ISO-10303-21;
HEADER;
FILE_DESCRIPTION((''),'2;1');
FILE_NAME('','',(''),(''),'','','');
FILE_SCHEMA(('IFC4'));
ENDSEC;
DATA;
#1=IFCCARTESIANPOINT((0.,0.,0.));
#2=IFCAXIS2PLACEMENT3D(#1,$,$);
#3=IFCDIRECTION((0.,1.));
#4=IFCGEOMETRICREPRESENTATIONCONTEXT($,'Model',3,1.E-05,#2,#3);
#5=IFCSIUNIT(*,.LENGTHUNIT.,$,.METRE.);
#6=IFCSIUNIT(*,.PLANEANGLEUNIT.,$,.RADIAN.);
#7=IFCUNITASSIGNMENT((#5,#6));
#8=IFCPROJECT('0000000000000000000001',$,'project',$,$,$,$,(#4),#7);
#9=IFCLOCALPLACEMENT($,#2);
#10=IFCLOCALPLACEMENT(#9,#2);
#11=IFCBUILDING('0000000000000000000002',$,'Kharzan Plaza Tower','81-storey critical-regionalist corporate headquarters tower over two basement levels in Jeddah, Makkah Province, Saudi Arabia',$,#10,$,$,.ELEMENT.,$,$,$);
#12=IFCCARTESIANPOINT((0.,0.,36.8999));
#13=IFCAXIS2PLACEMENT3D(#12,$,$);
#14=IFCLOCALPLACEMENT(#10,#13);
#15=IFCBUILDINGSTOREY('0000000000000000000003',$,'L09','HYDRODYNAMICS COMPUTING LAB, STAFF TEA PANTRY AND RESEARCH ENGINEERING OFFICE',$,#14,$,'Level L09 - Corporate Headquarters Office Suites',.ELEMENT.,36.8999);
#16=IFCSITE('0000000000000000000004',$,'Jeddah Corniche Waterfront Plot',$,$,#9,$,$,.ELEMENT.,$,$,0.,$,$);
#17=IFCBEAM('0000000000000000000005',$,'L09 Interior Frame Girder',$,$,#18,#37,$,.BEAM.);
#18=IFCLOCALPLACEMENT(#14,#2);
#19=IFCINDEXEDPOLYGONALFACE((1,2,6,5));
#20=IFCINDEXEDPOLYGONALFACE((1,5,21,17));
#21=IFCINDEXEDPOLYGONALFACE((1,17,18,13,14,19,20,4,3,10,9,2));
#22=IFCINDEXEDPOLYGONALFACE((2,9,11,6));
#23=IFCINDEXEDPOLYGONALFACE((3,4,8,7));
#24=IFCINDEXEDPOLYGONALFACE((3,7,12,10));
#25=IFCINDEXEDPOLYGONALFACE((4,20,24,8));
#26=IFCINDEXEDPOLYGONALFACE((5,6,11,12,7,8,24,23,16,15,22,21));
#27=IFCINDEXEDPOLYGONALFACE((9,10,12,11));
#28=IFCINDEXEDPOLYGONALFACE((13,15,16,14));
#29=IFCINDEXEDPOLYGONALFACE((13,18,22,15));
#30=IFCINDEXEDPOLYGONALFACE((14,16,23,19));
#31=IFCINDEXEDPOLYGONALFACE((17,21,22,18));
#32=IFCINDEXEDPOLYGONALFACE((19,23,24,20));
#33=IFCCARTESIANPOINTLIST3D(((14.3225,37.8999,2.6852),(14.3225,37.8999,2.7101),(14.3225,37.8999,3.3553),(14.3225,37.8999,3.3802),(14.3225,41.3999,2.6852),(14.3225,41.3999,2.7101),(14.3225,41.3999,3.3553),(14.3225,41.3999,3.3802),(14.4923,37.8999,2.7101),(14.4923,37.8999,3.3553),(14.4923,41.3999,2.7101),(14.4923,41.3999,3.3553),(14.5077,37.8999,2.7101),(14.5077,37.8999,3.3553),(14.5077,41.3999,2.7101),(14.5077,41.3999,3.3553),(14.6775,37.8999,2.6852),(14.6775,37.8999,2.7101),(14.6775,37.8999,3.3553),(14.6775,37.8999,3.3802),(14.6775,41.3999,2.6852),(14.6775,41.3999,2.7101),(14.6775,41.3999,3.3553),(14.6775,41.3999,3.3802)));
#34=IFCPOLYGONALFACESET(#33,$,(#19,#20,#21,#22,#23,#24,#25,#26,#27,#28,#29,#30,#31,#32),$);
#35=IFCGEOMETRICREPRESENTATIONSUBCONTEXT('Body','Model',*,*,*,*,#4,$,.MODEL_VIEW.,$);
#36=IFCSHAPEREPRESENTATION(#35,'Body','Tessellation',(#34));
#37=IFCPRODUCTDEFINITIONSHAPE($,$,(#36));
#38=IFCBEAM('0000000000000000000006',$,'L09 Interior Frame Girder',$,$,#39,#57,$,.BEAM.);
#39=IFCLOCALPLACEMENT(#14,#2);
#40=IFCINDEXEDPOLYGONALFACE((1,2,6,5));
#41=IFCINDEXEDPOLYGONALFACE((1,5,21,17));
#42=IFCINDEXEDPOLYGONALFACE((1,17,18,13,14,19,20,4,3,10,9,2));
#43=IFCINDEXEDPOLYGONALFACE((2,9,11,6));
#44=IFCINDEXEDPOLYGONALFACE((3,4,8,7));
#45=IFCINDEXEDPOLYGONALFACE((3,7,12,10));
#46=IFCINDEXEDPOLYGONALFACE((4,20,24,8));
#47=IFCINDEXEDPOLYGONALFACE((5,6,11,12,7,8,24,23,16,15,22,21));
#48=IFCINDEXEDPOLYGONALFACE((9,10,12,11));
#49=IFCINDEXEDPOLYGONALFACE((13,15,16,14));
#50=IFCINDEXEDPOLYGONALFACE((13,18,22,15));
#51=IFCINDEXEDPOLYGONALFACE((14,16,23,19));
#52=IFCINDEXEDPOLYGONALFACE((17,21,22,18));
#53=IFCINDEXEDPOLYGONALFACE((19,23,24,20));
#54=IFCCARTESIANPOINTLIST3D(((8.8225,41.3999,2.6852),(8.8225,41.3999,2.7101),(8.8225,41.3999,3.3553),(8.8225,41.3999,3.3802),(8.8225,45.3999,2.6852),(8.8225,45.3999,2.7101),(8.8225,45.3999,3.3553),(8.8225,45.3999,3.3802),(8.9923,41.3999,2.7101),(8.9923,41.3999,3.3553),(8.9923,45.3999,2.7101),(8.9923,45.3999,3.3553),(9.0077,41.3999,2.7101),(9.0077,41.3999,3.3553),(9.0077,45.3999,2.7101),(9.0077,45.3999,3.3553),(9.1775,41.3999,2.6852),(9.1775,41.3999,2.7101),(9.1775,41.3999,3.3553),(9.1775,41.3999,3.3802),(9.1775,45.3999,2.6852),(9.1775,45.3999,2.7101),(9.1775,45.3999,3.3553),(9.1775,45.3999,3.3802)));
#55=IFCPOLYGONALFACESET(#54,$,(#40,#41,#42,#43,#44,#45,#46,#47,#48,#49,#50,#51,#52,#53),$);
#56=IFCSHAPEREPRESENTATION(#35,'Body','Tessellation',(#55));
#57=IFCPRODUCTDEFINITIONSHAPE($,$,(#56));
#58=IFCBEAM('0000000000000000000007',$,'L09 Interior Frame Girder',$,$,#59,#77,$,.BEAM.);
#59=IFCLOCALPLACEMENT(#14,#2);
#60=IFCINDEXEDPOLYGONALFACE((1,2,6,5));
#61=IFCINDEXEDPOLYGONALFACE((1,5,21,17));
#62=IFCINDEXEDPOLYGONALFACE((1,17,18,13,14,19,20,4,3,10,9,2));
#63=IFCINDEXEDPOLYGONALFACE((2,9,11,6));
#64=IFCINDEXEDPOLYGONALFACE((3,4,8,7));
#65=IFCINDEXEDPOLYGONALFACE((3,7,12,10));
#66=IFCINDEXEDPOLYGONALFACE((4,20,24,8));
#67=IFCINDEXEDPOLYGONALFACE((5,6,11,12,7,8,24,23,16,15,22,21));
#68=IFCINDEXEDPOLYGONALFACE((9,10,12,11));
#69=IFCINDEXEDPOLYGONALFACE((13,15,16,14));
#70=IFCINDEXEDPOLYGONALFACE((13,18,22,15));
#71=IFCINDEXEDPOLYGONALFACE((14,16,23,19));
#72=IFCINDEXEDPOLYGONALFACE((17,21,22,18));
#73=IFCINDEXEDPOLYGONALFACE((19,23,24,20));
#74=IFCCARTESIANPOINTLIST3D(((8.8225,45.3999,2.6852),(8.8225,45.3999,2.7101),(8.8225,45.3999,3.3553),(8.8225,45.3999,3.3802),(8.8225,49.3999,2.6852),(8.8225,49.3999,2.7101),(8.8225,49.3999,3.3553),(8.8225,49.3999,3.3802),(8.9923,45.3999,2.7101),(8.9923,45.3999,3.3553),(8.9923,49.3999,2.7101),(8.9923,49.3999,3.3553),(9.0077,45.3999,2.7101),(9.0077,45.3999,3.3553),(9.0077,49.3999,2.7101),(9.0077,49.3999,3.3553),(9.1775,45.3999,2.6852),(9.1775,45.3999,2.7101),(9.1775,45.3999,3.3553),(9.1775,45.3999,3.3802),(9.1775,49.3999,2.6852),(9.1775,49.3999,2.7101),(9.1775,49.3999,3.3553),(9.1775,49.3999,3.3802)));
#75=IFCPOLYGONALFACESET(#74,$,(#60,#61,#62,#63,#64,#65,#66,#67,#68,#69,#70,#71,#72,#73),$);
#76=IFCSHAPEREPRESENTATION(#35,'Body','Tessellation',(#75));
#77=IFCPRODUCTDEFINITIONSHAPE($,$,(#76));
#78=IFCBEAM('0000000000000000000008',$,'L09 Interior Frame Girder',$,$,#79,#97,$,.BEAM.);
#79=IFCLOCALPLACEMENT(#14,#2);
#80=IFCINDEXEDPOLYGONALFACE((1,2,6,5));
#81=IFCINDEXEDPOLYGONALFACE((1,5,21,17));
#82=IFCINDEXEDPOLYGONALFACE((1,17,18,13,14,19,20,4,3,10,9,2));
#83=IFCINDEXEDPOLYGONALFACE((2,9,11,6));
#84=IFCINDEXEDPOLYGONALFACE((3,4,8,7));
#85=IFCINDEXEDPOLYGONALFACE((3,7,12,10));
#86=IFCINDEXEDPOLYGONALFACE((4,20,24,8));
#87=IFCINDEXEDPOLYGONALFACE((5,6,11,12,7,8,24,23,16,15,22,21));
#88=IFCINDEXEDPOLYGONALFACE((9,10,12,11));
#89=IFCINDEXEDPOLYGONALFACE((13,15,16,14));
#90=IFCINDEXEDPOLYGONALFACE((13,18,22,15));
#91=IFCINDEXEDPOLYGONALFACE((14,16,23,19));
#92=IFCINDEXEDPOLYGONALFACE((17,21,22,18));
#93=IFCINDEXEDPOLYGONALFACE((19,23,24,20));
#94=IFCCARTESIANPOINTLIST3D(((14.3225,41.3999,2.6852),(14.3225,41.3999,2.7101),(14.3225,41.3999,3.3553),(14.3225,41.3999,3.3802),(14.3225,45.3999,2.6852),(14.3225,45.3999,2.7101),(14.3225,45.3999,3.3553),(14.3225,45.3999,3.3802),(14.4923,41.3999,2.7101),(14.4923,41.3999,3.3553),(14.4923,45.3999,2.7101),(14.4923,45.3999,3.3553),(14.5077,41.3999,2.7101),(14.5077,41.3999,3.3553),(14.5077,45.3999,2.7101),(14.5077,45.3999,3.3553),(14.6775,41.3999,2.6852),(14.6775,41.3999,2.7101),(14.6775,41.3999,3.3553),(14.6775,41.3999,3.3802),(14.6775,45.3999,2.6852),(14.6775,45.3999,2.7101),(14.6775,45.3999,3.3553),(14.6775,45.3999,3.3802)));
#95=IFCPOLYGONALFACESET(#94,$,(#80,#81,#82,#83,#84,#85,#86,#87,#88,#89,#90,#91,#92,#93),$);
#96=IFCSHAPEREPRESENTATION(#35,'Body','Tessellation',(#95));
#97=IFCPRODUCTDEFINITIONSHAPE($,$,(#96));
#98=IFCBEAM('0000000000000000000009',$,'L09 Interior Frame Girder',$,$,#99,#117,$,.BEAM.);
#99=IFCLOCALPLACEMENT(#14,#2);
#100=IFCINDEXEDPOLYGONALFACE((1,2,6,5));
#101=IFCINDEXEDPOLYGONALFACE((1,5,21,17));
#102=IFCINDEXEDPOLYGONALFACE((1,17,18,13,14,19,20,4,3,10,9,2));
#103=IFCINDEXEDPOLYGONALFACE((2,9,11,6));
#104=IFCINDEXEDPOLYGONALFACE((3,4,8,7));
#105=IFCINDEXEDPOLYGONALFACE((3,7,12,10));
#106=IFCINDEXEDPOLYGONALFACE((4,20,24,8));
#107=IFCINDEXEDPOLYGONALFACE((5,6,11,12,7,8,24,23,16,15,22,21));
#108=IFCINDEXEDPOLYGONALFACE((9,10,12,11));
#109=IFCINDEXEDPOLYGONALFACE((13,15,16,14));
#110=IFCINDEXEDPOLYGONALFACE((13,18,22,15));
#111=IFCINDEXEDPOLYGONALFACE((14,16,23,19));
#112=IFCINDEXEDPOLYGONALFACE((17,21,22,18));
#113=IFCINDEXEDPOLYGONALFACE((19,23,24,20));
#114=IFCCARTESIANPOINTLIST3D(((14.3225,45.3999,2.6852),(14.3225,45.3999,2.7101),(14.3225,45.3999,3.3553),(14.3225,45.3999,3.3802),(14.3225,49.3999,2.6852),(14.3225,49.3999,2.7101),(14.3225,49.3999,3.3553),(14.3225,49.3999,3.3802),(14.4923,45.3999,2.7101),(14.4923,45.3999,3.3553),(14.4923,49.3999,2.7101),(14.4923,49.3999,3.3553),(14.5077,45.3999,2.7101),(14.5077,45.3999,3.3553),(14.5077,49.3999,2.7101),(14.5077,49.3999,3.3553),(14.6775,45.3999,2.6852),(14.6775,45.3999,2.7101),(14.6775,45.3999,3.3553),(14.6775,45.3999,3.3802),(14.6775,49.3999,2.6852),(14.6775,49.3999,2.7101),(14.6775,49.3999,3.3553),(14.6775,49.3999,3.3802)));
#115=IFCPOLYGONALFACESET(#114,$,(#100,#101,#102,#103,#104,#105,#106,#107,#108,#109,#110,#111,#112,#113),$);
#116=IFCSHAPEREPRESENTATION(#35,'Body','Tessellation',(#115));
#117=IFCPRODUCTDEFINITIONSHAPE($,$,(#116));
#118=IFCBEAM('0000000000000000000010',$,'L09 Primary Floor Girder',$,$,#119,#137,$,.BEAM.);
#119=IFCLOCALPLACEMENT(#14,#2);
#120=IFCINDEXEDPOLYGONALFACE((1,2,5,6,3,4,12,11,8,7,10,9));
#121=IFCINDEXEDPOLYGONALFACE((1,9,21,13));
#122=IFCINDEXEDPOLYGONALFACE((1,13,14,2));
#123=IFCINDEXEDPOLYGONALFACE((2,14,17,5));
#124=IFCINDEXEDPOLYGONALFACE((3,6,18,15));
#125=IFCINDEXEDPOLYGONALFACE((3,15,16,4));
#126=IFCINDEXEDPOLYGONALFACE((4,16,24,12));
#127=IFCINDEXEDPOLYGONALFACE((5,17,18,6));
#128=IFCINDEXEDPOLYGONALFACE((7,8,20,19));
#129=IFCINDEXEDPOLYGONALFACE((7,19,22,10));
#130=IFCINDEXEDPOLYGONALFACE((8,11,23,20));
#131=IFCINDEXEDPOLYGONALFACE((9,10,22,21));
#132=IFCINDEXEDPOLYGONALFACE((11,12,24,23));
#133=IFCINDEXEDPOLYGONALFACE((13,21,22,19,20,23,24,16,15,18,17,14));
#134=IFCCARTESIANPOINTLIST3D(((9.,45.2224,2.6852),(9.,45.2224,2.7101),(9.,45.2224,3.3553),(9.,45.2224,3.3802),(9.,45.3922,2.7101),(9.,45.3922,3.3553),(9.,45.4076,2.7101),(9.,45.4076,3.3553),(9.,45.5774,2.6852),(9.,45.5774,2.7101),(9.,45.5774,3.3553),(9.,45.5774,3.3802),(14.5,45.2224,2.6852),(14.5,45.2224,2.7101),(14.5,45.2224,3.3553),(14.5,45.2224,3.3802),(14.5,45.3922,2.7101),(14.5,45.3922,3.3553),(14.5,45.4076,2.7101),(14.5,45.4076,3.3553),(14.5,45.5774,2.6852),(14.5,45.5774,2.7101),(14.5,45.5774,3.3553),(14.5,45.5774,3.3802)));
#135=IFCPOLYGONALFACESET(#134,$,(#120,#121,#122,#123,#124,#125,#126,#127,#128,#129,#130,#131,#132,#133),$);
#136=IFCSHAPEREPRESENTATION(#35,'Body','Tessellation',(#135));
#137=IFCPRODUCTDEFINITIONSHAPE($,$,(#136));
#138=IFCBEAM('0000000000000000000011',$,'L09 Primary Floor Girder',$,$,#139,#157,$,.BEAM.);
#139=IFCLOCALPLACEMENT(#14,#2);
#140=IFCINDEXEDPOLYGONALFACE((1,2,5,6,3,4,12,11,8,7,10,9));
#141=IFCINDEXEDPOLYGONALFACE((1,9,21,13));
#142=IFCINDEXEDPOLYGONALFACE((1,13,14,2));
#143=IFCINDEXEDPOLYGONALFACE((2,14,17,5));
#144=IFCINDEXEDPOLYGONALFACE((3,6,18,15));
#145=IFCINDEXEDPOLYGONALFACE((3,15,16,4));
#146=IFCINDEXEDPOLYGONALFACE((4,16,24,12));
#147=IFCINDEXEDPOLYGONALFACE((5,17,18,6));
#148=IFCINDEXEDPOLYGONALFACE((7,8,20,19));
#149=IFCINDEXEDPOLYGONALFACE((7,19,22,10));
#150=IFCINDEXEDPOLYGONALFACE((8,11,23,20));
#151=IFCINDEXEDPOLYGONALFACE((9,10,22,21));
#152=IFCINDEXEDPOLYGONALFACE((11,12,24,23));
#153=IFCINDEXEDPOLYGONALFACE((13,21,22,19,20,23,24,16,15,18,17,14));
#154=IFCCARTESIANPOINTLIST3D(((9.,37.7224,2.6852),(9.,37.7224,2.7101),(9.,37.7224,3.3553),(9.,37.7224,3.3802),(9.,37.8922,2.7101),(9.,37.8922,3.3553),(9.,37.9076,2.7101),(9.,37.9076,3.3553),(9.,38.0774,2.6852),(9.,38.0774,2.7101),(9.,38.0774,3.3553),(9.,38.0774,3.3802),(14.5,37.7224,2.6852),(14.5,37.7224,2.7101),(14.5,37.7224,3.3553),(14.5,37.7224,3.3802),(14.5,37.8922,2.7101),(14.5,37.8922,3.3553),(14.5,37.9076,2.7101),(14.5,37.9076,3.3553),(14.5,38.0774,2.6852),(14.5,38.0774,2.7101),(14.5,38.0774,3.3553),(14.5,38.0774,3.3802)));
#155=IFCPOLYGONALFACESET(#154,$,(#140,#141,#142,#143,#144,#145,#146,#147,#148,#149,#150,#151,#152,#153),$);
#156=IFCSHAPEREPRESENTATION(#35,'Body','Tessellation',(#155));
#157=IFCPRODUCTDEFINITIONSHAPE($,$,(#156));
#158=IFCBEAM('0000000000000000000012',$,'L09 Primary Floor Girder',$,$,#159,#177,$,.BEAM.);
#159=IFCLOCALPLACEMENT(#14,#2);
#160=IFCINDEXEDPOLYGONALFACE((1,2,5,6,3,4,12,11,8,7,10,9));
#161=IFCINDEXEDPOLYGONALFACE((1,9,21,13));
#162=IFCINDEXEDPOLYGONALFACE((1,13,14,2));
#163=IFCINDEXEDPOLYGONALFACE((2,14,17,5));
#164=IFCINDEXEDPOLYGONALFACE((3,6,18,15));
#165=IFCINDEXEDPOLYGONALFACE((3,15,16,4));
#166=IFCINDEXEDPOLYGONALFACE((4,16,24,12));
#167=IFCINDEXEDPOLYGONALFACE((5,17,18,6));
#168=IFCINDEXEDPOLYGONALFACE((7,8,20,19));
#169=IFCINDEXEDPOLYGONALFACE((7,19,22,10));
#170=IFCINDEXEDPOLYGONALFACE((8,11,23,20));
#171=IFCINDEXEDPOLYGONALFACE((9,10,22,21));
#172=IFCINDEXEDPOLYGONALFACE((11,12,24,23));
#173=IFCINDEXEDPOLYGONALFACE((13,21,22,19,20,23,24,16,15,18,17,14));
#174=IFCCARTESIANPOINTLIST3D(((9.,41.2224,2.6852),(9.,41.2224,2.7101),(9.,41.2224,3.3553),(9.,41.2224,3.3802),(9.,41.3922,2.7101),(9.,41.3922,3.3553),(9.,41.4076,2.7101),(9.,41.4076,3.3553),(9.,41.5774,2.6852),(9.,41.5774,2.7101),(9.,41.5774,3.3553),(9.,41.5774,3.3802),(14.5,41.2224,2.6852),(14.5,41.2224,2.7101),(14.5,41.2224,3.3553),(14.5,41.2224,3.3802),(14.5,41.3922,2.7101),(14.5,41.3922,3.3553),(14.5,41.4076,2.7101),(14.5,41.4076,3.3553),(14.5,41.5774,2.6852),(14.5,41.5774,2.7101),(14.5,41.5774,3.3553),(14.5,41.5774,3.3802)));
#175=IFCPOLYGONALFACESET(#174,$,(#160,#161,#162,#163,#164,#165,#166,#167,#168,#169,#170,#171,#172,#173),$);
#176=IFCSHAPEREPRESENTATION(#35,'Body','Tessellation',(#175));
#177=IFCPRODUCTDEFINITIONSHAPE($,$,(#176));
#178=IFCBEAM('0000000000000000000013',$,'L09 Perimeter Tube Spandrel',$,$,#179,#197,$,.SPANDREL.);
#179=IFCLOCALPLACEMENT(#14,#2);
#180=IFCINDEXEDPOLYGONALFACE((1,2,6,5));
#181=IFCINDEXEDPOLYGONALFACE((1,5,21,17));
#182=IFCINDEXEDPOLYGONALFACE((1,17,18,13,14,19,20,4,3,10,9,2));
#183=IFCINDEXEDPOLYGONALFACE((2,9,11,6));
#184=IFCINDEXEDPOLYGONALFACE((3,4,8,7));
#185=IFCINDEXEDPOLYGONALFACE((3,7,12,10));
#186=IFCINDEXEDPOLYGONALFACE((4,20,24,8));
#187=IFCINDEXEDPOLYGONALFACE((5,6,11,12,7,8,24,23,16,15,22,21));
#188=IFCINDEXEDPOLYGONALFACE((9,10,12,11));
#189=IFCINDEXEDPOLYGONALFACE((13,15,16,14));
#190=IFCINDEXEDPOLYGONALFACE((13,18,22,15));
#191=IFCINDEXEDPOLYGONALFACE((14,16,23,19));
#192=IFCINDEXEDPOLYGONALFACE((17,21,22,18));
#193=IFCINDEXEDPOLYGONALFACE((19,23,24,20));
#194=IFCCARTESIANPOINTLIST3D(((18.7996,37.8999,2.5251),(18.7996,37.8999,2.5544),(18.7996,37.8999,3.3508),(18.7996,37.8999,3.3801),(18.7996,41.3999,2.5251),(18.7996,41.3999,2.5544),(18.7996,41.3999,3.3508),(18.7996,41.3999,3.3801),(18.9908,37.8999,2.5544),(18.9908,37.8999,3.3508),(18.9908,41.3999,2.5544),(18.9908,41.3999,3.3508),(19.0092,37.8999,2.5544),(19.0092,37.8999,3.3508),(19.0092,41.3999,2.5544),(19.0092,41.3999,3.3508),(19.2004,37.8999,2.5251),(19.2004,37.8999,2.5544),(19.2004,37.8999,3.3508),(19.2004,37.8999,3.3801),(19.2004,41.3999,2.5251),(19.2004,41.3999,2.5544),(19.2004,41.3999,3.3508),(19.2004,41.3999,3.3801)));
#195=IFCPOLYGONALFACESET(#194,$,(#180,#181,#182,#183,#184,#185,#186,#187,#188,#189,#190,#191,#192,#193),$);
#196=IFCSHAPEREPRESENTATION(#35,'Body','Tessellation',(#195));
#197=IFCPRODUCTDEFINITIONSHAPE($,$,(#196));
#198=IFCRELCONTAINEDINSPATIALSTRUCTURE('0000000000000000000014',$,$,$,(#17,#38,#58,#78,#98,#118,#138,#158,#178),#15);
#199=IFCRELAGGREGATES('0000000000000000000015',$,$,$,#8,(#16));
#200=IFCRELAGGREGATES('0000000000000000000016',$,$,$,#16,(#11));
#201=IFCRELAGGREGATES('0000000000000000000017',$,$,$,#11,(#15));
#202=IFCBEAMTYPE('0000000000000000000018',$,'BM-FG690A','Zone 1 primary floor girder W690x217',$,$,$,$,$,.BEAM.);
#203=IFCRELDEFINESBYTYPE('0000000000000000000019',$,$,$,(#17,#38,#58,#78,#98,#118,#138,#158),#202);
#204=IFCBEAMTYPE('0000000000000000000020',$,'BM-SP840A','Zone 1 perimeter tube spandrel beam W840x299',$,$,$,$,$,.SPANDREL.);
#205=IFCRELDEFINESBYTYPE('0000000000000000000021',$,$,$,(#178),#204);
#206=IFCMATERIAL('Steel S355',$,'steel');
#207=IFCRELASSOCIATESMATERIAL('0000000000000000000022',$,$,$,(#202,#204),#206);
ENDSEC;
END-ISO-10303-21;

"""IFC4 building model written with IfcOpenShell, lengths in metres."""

from ifc_helpers import new_model, si_unit, direction, frame, origin, origin_2d, place, context, subcontext, project, spatial, i_section, extrude, source, transform, mapped, material, material_profile, profile_set, type_object, element, save


model = new_model("IFC4")

# Units and contexts
model_context = context("Model", 3, precision=1e-05, world=origin(), true_north=direction((0.0, 1.0)))
body_context = subcontext(model_context, "Body", "Model", "MODEL_VIEW")
ifc_project = project(units=[si_unit("LENGTHUNIT", "METRE"), si_unit("PLANEANGLEUNIT", "RADIAN")], contexts=[model_context])

# Site, building, storey
site_placement = place(None, origin())
site = spatial("IfcSite", under=ifc_project, at=site_placement, Name="Jeddah Corniche Waterfront Plot", CompositionType="ELEMENT", RefElevation=0.0)
building_placement = place(site_placement, origin())
building = spatial("IfcBuilding", under=site, at=building_placement, Name="Kharzan Plaza Tower", Description="81-storey critical-regionalist corporate headquarters tower over two basement levels in Jeddah, Makkah Province, Saudi Arabia", CompositionType="ELEMENT")
storey_placement = place(building_placement, frame((0.0, 0.0, 36.8999)))
storey = spatial("IfcBuildingStorey", under=building, at=storey_placement, Name="L09", Description="HYDRODYNAMICS COMPUTING LAB, STAFF TEA PANTRY AND RESEARCH ENGINEERING OFFICE", LongName="Level L09 - Corporate Headquarters Office Suites", CompositionType="ELEMENT", Elevation=36.8999)

# Beams
ifc_material_1 = material(Name="Steel S355", Category="steel")
ifc_material_profile_1 = material_profile(ifc_material_1, i_section(OverallWidth=0.355, OverallDepth=0.6951, WebThickness=0.0154, FlangeThickness=0.0249, at=origin_2d()), Name="W690x217")
ifc_profile_set_1 = profile_set([ifc_material_profile_1], Name="Steel S355")
beam_type_1 = type_object("IfcBeamType", Name="BM-FG690A", Description="Zone 1 primary floor girder W690x217", PredefinedType="BEAM", material=ifc_profile_set_1)
shared_shape_1 = source(origin(), body_context, "Body", "SweptSolid", [
    extrude(i_section(OverallWidth=0.355, OverallDepth=0.6951, WebThickness=0.0154, FlangeThickness=0.0249, at=origin_2d()), origin(), (0.0, 0.0, 1.0), 3.5),
])
for number, where, z_axis, x_axis, name in (
    (1, (14.5, 37.8999, 3.0327), (0.0, 1.0, 0.0), (-1.0, 0.0, 0.0), "L09 Interior Frame Girder"),
):
    element("IfcBeam", number, at=place(storey_placement, frame(where, z_axis=z_axis, x_axis=x_axis)), inside=storey, type_object=beam_type_1, Name=name, PredefinedType="BEAM", context=body_context, shape_type="MappedRepresentation", body=[
        mapped(shared_shape_1, transform((0.0, 0.0, 0.0), x_axis=(1.0, 0.0, 0.0), y_axis=(0.0, 1.0, 0.0), z_axis=(0.0, 0.0, 1.0))),
    ])
shared_shape_2 = source(origin(), body_context, "Body", "SweptSolid", [
    extrude(i_section(OverallWidth=0.355, OverallDepth=0.6951, WebThickness=0.0154, FlangeThickness=0.0249, at=origin_2d()), origin(), (0.0, 0.0, 1.0), 4.0),
])
for number, where, z_axis, x_axis, name in (
    (2, (9.0, 41.3999, 3.0327), (0.0, 1.0, 0.0), (-1.0, 0.0, 0.0), "L09 Interior Frame Girder"),
    (3, (9.0, 45.3999, 3.0327), (0.0, 1.0, 0.0), (-1.0, 0.0, 0.0), "L09 Interior Frame Girder"),
    (4, (14.5, 41.3999, 3.0327), (0.0, 1.0, 0.0), (-1.0, 0.0, 0.0), "L09 Interior Frame Girder"),
    (5, (14.5, 45.3999, 3.0327), (0.0, 1.0, 0.0), (-1.0, 0.0, 0.0), "L09 Interior Frame Girder"),
):
    element("IfcBeam", number, at=place(storey_placement, frame(where, z_axis=z_axis, x_axis=x_axis)), inside=storey, type_object=beam_type_1, Name=name, PredefinedType="BEAM", context=body_context, shape_type="MappedRepresentation", body=[
        mapped(shared_shape_2, transform((0.0, 0.0, 0.0), x_axis=(1.0, 0.0, 0.0), y_axis=(0.0, 1.0, 0.0), z_axis=(0.0, 0.0, 1.0))),
    ])
shared_shape_3 = source(origin(), body_context, "Body", "SweptSolid", [
    extrude(i_section(OverallWidth=0.355, OverallDepth=0.6951, WebThickness=0.0154, FlangeThickness=0.0249, at=origin_2d()), origin(), (0.0, 0.0, 1.0), 5.5),
])
for number, where, z_axis, x_axis, name in (
    (6, (9.0, 45.3999, 3.0327), (1.0, 0.0, 0.0), (0.0, 1.0, 0.0), "L09 Primary Floor Girder"),
    (7, (9.0, 37.8999, 3.0327), (1.0, 0.0, 0.0), (0.0, 1.0, 0.0), "L09 Primary Floor Girder"),
    (8, (9.0, 41.3999, 3.0327), (1.0, 0.0, 0.0), (0.0, 1.0, 0.0), "L09 Primary Floor Girder"),
):
    element("IfcBeam", number, at=place(storey_placement, frame(where, z_axis=z_axis, x_axis=x_axis)), inside=storey, type_object=beam_type_1, Name=name, PredefinedType="BEAM", context=body_context, shape_type="MappedRepresentation", body=[
        mapped(shared_shape_3, transform((0.0, 0.0, 0.0), x_axis=(1.0, 0.0, 0.0), y_axis=(0.0, 1.0, 0.0), z_axis=(0.0, 0.0, 1.0))),
    ])
ifc_material_profile_2 = material_profile(ifc_material_1, i_section(OverallWidth=0.4009, OverallDepth=0.855, WebThickness=0.0183, FlangeThickness=0.0293, at=origin_2d()), Name="W840x299")
ifc_profile_set_2 = profile_set([ifc_material_profile_2], Name="Steel S355")
beam_type_2 = type_object("IfcBeamType", Name="BM-SP840A", Description="Zone 1 perimeter tube spandrel beam W840x299", PredefinedType="SPANDREL", material=ifc_profile_set_2)
shared_shape_4 = source(origin(), body_context, "Body", "SweptSolid", [
    extrude(i_section(OverallWidth=0.4009, OverallDepth=0.855, WebThickness=0.0183, FlangeThickness=0.0293, at=origin_2d()), origin(), (0.0, 0.0, 1.0), 3.5),
])
beam_1_placement = place(storey_placement, frame((19.0, 37.8999, 2.9526), z_axis=(0.0, 1.0, 0.0), x_axis=(-1.0, 0.0, 0.0)))
element("IfcBeam", 9, at=beam_1_placement, inside=storey, type_object=beam_type_2, Name="L09 Perimeter Tube Spandrel", PredefinedType="SPANDREL", context=body_context, shape_type="MappedRepresentation", body=[
    mapped(shared_shape_4, transform((0.0, 0.0, 0.0), x_axis=(1.0, 0.0, 0.0), y_axis=(0.0, 1.0, 0.0), z_axis=(0.0, 0.0, 1.0))),
])

save(model, "model.ifc")
